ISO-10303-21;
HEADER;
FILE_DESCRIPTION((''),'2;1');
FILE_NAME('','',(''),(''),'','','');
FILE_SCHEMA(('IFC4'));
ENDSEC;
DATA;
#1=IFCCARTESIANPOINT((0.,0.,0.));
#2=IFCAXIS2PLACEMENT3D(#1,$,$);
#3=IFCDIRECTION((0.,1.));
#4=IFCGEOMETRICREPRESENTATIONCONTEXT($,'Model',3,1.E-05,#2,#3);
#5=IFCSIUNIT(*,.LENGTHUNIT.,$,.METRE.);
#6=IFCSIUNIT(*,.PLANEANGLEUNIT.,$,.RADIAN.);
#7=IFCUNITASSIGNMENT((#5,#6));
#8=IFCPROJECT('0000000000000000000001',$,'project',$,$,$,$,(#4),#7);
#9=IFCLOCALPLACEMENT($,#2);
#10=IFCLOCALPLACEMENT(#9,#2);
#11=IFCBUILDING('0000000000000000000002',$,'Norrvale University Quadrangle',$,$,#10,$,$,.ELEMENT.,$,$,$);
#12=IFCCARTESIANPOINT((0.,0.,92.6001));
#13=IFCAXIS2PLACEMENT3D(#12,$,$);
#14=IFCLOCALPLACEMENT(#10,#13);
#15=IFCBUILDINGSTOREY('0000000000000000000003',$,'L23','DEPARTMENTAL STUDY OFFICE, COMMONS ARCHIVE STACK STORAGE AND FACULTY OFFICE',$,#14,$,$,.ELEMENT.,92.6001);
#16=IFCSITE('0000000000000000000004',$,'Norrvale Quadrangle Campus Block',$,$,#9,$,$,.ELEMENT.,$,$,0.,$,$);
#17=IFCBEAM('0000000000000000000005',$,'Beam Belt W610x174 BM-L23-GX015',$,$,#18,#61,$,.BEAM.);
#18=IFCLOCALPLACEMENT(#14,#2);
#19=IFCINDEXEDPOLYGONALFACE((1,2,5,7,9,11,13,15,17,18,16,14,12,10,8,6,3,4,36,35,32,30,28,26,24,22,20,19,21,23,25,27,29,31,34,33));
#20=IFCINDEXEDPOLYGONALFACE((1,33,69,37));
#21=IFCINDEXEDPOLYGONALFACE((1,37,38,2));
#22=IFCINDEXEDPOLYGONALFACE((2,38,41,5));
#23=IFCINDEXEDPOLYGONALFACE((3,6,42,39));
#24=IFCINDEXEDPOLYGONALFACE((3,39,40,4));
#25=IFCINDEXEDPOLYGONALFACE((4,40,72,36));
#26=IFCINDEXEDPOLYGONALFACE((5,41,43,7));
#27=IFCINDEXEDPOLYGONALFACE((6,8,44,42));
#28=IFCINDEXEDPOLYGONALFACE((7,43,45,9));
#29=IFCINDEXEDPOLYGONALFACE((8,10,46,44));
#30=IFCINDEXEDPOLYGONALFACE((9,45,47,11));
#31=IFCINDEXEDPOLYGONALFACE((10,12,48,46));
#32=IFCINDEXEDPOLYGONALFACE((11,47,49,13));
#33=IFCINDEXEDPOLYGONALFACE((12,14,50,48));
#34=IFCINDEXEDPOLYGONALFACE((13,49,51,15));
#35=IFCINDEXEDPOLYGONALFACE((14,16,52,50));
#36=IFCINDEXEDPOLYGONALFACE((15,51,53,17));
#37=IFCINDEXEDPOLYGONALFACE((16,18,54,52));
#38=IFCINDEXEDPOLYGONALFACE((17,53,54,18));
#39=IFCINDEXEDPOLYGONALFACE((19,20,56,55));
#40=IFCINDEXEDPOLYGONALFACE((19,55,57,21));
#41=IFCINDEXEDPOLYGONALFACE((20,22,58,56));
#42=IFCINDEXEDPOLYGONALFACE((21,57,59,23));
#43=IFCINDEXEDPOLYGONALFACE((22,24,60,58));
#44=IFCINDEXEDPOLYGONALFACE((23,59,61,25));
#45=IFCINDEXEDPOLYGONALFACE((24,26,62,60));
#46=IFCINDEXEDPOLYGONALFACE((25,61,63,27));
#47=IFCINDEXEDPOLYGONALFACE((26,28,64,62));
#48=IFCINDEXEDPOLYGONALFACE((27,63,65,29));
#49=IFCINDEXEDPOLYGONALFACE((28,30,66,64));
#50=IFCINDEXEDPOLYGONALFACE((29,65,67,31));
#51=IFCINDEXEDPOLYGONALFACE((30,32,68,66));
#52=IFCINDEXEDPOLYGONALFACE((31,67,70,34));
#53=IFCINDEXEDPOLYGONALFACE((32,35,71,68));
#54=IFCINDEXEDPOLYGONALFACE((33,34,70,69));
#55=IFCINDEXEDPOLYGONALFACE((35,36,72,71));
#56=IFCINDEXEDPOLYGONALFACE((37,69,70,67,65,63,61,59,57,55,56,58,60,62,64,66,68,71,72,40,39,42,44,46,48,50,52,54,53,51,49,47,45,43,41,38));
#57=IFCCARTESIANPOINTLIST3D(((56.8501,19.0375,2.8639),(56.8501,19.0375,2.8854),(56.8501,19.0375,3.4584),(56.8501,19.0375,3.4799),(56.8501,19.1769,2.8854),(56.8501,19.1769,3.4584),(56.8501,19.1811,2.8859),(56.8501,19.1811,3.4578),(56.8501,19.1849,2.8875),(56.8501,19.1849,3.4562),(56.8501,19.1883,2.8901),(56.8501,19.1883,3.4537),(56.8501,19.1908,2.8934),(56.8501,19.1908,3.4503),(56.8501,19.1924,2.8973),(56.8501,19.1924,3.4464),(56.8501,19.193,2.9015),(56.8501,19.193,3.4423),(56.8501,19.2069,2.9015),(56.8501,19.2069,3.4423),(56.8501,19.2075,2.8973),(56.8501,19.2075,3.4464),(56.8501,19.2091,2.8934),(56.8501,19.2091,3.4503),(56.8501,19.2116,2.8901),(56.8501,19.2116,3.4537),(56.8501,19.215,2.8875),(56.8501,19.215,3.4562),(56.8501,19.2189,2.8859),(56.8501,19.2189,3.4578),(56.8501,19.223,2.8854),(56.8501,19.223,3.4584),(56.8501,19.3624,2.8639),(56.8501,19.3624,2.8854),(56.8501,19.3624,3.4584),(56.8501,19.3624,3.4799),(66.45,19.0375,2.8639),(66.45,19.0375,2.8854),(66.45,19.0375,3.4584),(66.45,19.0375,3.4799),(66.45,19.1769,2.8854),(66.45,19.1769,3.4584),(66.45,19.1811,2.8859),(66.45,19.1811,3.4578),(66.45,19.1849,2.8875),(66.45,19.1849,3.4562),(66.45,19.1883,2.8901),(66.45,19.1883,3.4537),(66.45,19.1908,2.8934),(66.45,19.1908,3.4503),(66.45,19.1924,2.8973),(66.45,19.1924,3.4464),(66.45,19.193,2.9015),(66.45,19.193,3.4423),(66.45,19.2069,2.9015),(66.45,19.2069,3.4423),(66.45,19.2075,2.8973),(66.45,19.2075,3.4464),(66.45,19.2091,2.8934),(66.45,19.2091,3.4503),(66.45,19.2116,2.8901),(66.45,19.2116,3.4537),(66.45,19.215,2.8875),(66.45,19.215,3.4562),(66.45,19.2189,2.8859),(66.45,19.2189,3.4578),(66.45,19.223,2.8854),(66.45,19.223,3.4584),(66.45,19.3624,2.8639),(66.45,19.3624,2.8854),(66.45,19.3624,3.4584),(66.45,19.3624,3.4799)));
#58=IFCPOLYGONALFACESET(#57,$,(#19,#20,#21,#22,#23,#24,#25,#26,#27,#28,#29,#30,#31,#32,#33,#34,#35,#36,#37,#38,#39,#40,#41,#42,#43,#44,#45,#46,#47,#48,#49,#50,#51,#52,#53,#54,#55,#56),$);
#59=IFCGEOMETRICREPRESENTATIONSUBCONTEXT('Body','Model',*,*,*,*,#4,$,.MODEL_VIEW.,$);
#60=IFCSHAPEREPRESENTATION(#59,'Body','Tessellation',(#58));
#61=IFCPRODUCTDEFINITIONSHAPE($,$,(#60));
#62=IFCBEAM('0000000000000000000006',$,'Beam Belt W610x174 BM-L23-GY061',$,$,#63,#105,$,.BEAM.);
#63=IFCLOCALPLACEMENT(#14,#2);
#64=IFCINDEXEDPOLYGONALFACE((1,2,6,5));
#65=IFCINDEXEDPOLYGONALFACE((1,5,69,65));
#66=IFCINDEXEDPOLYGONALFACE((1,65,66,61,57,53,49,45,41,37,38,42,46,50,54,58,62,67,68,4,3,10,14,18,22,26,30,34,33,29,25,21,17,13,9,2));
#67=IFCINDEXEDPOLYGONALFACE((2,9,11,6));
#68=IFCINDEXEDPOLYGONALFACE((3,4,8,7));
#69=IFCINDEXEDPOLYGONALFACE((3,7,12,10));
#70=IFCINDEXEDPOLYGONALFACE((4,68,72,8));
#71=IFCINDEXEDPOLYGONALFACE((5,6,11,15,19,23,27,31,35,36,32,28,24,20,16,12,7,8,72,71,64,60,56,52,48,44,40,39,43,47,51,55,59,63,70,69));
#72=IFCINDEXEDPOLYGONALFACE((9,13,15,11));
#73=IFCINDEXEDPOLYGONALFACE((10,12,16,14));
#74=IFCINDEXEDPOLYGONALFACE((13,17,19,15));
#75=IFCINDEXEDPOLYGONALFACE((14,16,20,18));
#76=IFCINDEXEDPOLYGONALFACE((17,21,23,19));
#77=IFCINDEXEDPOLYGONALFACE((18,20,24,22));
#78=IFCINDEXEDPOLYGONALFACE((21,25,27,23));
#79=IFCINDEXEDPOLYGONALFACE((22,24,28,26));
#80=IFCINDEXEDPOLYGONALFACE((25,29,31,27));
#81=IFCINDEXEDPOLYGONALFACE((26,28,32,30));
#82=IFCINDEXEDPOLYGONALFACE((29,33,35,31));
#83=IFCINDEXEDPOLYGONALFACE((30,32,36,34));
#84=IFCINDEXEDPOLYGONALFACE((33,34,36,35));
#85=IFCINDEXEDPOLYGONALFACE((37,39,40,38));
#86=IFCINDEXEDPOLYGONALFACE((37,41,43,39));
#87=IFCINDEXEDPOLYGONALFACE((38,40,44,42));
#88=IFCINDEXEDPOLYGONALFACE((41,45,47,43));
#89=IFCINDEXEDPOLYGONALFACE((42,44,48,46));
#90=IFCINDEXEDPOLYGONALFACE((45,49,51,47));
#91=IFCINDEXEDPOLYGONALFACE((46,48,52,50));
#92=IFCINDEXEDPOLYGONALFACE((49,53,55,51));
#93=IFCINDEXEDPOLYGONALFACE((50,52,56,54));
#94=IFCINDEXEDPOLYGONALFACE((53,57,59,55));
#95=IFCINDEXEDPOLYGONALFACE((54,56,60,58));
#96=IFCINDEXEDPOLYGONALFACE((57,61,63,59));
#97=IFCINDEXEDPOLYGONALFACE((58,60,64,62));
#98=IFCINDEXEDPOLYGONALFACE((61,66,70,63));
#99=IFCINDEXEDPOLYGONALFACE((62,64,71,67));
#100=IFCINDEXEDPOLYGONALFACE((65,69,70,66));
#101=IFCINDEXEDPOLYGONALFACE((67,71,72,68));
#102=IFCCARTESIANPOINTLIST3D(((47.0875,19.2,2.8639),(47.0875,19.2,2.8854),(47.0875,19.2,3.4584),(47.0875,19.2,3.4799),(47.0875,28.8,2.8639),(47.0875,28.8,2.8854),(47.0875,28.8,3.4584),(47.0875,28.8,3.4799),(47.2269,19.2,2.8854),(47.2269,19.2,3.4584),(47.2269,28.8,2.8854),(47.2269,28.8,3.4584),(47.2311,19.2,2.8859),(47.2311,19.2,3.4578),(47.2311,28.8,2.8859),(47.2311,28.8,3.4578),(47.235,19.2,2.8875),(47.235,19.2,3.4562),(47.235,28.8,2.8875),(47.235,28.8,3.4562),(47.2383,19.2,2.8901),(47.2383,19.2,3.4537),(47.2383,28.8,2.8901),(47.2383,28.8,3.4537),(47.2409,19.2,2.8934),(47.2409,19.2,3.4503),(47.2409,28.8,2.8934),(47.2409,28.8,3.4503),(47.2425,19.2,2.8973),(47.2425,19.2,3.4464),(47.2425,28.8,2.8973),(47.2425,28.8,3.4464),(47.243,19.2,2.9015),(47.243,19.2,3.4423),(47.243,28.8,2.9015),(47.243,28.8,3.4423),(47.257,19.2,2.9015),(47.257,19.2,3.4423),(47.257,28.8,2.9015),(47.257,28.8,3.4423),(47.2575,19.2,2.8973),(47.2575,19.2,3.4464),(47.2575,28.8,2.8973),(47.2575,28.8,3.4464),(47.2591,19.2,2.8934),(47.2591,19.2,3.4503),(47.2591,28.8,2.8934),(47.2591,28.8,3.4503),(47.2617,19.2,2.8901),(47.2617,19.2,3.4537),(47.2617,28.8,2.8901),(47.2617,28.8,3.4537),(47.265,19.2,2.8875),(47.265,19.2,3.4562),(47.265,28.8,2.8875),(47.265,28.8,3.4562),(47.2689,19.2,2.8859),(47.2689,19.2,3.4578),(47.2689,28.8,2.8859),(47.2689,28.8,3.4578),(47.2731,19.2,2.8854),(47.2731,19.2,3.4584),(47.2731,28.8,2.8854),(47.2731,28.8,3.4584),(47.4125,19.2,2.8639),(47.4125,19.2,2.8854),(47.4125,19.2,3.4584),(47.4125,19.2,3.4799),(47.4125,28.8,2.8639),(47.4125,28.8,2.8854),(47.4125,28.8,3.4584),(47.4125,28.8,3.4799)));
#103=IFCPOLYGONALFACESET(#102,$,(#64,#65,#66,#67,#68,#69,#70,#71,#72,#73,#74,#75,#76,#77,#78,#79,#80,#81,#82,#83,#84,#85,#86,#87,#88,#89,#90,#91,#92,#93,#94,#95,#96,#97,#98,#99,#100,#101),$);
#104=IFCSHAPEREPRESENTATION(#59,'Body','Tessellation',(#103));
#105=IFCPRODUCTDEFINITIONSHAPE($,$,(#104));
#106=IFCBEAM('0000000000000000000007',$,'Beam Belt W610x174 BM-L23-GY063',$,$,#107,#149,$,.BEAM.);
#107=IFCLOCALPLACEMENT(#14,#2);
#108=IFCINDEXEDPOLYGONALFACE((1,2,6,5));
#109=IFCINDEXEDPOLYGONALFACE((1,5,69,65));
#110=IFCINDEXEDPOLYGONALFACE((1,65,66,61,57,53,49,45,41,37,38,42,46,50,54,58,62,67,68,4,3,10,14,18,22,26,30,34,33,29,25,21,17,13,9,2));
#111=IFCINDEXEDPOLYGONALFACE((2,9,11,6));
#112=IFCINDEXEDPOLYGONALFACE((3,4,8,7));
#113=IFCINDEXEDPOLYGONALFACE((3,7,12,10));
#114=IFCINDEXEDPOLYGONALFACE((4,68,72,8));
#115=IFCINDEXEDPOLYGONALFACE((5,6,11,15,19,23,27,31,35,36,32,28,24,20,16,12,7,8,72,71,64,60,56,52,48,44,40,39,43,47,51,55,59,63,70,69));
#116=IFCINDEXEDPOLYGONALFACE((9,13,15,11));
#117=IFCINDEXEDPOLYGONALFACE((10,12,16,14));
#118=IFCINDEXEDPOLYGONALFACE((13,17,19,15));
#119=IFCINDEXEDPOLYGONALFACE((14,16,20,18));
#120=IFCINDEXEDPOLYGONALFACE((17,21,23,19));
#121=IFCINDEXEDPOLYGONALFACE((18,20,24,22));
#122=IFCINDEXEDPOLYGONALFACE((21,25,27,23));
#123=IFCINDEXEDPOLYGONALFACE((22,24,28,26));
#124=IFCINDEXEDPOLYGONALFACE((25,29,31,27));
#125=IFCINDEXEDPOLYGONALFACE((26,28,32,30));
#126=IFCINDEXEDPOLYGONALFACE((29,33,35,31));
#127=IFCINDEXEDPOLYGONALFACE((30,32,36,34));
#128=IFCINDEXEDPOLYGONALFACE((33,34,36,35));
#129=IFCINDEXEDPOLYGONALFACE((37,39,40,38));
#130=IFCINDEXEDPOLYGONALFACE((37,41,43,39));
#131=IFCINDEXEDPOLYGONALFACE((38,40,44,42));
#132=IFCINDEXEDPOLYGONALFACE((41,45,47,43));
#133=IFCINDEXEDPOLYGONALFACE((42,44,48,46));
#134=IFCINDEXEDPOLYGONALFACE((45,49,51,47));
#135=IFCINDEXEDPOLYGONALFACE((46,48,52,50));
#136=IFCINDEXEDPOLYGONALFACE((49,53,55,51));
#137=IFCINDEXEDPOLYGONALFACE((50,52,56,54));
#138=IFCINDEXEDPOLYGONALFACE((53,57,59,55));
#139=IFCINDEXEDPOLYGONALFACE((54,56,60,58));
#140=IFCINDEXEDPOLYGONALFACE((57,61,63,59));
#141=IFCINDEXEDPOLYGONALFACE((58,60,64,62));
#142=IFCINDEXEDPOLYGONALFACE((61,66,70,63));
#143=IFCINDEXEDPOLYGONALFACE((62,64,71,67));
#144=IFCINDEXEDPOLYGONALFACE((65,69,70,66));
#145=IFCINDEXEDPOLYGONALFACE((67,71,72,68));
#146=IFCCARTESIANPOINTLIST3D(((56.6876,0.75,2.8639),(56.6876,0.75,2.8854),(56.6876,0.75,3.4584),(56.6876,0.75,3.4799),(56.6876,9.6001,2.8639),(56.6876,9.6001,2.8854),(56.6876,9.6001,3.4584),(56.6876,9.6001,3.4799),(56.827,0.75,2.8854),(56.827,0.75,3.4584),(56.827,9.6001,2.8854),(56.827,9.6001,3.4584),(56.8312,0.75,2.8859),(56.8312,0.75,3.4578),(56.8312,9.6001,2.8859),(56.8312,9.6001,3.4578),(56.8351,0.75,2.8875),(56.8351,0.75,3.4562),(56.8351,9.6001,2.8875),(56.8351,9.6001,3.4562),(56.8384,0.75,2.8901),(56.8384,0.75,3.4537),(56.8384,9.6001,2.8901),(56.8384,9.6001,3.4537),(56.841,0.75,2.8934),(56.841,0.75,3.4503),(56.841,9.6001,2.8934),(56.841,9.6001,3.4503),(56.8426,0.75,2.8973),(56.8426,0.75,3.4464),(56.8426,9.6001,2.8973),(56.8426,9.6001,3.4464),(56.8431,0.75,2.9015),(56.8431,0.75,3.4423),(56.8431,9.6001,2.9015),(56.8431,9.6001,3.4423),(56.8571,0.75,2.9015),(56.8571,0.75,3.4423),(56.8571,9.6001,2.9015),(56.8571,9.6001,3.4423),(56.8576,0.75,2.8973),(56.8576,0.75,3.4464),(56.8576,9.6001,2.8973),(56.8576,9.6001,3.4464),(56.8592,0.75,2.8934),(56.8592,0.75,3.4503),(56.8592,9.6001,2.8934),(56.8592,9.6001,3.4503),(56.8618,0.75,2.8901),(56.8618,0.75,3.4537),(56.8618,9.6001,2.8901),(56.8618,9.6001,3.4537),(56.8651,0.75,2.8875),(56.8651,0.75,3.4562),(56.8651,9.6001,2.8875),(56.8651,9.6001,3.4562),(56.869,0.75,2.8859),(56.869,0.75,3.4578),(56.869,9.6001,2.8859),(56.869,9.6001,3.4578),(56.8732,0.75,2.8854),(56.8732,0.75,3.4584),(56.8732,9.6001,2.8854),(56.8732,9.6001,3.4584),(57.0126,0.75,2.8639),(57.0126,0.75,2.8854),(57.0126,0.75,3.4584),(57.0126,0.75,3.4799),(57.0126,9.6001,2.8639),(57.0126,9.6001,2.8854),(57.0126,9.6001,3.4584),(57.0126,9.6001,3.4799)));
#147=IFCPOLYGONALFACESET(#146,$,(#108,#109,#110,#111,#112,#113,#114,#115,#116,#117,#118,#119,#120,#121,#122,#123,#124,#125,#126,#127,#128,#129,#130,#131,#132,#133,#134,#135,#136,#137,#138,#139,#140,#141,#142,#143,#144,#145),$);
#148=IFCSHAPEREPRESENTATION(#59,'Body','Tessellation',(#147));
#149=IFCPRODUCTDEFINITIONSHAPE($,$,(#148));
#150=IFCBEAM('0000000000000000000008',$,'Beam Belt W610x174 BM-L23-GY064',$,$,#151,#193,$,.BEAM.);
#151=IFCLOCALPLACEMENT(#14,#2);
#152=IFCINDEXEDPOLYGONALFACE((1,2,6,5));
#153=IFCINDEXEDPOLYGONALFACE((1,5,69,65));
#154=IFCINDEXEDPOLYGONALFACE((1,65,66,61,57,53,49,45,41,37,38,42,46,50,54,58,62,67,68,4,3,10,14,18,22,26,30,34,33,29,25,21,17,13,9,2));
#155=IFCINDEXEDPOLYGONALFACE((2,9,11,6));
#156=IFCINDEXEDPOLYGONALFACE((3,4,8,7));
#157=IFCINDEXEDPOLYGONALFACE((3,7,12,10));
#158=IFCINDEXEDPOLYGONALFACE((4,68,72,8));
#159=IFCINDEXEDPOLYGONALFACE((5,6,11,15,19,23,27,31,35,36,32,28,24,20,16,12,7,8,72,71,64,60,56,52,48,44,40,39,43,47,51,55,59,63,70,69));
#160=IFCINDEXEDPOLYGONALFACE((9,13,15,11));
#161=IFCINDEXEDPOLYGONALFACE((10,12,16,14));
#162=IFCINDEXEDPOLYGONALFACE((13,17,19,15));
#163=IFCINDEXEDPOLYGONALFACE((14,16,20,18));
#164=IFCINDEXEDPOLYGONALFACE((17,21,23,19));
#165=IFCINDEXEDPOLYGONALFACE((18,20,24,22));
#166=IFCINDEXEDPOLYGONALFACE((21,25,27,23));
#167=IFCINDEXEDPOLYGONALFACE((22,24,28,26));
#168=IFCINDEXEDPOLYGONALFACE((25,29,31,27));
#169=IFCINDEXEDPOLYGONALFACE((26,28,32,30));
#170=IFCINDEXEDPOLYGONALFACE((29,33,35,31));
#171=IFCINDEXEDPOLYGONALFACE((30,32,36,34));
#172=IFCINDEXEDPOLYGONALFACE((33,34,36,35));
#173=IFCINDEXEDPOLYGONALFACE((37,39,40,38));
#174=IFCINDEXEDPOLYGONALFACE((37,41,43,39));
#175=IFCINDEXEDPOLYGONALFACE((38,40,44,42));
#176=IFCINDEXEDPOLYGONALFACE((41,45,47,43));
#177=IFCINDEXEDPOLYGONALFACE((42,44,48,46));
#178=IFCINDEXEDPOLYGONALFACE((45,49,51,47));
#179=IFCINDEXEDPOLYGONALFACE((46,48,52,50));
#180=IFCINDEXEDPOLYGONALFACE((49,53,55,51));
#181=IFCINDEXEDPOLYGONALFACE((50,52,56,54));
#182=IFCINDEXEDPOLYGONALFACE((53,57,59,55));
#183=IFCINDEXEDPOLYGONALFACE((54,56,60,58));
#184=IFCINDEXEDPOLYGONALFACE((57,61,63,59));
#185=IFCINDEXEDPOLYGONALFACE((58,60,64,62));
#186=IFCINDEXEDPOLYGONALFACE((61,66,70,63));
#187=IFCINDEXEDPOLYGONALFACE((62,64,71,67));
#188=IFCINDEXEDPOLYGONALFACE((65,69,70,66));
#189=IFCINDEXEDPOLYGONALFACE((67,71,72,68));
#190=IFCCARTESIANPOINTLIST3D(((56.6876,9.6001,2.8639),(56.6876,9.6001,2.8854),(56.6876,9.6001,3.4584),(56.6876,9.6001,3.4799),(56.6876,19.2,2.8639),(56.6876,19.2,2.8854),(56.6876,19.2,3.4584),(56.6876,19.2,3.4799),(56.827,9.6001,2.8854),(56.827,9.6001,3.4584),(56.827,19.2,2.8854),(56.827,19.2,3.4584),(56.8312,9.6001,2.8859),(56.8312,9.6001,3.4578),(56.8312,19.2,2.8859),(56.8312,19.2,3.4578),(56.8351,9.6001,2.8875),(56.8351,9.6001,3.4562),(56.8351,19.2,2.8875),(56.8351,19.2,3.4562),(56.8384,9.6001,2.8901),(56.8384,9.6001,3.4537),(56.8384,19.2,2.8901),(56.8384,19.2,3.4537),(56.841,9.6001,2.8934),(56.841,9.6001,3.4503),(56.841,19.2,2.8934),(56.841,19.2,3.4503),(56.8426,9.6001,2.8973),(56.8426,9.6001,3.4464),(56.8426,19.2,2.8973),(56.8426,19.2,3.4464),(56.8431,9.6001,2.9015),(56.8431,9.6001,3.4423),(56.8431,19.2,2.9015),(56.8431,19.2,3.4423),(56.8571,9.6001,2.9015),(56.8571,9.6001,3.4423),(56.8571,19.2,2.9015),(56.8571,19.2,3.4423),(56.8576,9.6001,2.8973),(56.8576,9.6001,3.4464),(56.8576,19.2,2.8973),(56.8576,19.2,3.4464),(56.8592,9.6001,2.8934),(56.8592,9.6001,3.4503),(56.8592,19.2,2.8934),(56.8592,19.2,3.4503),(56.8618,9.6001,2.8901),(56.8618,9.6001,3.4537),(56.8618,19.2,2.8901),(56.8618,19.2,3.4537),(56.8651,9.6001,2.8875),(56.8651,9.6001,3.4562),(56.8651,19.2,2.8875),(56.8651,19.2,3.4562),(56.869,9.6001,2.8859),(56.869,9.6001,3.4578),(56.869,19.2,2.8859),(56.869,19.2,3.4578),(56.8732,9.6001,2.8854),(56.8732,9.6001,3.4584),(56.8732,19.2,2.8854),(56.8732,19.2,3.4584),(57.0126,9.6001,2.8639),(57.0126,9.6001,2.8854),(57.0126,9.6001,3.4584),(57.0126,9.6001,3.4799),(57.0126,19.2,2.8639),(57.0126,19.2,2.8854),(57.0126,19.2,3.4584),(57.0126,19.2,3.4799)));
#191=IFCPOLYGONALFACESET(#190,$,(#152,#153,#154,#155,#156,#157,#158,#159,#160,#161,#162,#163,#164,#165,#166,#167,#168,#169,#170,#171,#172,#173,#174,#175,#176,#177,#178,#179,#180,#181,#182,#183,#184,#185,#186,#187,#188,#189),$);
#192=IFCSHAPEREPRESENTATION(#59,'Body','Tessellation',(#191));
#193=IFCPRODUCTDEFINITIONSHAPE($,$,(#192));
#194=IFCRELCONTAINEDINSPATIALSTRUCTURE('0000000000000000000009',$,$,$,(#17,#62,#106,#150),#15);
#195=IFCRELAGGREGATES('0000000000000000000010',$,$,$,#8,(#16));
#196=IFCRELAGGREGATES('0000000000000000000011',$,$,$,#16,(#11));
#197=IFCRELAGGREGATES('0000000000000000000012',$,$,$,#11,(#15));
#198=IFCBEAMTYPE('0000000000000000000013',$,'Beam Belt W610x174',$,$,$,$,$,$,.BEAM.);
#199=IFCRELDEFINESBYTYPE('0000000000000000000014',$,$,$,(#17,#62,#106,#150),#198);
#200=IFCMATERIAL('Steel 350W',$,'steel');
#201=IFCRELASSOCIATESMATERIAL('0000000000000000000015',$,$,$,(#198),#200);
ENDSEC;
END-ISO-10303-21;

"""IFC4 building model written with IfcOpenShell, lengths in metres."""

from ifc_helpers import new_model, si_unit, direction, frame, origin, origin_2d, place, context, subcontext, project, spatial, i_section, extrude, material, material_profile, profile_set, type_object, element, save


model = new_model("IFC4")

# Units and contexts
model_context = context("Model", 3, precision=1e-05, world=origin(), true_north=direction((0.0, 1.0)))
body_context = subcontext(model_context, "Body", "Model", "MODEL_VIEW")
ifc_project = project(units=[si_unit("LENGTHUNIT", "METRE"), si_unit("PLANEANGLEUNIT", "RADIAN")], contexts=[model_context])

# Site, building, storey
site_placement = place(None, origin())
site = spatial("IfcSite", under=ifc_project, at=site_placement, Name="Norrvale Quadrangle Campus Block", CompositionType="ELEMENT", RefElevation=0.0)
building_placement = place(site_placement, origin())
building = spatial("IfcBuilding", under=site, at=building_placement, Name="Norrvale University Quadrangle", CompositionType="ELEMENT")
storey_placement = place(building_placement, frame((0.0, 0.0, 92.6001)))
storey = spatial("IfcBuildingStorey", under=building, at=storey_placement, Name="L23", Description="DEPARTMENTAL STUDY OFFICE, COMMONS ARCHIVE STACK STORAGE AND FACULTY OFFICE", CompositionType="ELEMENT", Elevation=92.6001)

# Beams
ifc_material_1 = material(Name="Steel 350W", Category="steel")
ifc_material_profile_1 = material_profile(ifc_material_1, i_section(OverallWidth=0.325, OverallDepth=0.616, WebThickness=0.0139, FlangeThickness=0.0215, FilletRadius=0.0161, at=origin_2d()), Name="Steel 350W")
ifc_profile_set_1 = profile_set([ifc_material_profile_1], Name="Steel 350W")
beam_type_1 = type_object("IfcBeamType", Name="Beam Belt W610x174", PredefinedType="BEAM", material=ifc_profile_set_1)
beam_1_placement = place(storey_placement, frame((56.8501, 19.2, 3.1719), z_axis=(1.0, 0.0, 0.0), x_axis=(0.0, 1.0, 0.0)))
element("IfcBeam", 1, at=beam_1_placement, inside=storey, type_object=beam_type_1, Name="Beam Belt W610x174 BM-L23-GX015", PredefinedType="BEAM", context=body_context, shape_type="SweptSolid", body=[
    extrude(i_section(OverallWidth=0.325, OverallDepth=0.616, WebThickness=0.0139, FlangeThickness=0.0215, FilletRadius=0.0161, at=origin_2d()), origin(), (0.0, 0.0, 1.0), 9.5999),
])
beam_2_placement = place(storey_placement, frame((47.25, 19.2, 3.1719), z_axis=(0.0, 1.0, 0.0), x_axis=(-1.0, 0.0, 0.0)))
element("IfcBeam", 2, at=beam_2_placement, inside=storey, type_object=beam_type_1, Name="Beam Belt W610x174 BM-L23-GY061", PredefinedType="BEAM", context=body_context, shape_type="SweptSolid", body=[
    extrude(i_section(OverallWidth=0.325, OverallDepth=0.616, WebThickness=0.0139, FlangeThickness=0.0215, FilletRadius=0.0161, at=origin_2d()), origin(), (0.0, 0.0, 1.0), 9.6001),
])
beam_3_placement = place(storey_placement, frame((56.8501, 0.75, 3.1719), z_axis=(0.0, 1.0, 0.0), x_axis=(-1.0, 0.0, 0.0)))
element("IfcBeam", 3, at=beam_3_placement, inside=storey, type_object=beam_type_1, Name="Beam Belt W610x174 BM-L23-GY063", PredefinedType="BEAM", context=body_context, shape_type="SweptSolid", body=[
    extrude(i_section(OverallWidth=0.325, OverallDepth=0.616, WebThickness=0.0139, FlangeThickness=0.0215, FilletRadius=0.0161, at=origin_2d()), origin(), (0.0, 0.0, 1.0), 8.8501),
])
beam_4_placement = place(storey_placement, frame((56.8501, 9.6001, 3.1719), z_axis=(0.0, 1.0, 0.0), x_axis=(-1.0, 0.0, 0.0)))
element("IfcBeam", 4, at=beam_4_placement, inside=storey, type_object=beam_type_1, Name="Beam Belt W610x174 BM-L23-GY064", PredefinedType="BEAM", context=body_context, shape_type="SweptSolid", body=[
    extrude(i_section(OverallWidth=0.325, OverallDepth=0.616, WebThickness=0.0139, FlangeThickness=0.0215, FilletRadius=0.0161, at=origin_2d()), origin(), (0.0, 0.0, 1.0), 9.5999),
])

save(model, "model.ifc")
